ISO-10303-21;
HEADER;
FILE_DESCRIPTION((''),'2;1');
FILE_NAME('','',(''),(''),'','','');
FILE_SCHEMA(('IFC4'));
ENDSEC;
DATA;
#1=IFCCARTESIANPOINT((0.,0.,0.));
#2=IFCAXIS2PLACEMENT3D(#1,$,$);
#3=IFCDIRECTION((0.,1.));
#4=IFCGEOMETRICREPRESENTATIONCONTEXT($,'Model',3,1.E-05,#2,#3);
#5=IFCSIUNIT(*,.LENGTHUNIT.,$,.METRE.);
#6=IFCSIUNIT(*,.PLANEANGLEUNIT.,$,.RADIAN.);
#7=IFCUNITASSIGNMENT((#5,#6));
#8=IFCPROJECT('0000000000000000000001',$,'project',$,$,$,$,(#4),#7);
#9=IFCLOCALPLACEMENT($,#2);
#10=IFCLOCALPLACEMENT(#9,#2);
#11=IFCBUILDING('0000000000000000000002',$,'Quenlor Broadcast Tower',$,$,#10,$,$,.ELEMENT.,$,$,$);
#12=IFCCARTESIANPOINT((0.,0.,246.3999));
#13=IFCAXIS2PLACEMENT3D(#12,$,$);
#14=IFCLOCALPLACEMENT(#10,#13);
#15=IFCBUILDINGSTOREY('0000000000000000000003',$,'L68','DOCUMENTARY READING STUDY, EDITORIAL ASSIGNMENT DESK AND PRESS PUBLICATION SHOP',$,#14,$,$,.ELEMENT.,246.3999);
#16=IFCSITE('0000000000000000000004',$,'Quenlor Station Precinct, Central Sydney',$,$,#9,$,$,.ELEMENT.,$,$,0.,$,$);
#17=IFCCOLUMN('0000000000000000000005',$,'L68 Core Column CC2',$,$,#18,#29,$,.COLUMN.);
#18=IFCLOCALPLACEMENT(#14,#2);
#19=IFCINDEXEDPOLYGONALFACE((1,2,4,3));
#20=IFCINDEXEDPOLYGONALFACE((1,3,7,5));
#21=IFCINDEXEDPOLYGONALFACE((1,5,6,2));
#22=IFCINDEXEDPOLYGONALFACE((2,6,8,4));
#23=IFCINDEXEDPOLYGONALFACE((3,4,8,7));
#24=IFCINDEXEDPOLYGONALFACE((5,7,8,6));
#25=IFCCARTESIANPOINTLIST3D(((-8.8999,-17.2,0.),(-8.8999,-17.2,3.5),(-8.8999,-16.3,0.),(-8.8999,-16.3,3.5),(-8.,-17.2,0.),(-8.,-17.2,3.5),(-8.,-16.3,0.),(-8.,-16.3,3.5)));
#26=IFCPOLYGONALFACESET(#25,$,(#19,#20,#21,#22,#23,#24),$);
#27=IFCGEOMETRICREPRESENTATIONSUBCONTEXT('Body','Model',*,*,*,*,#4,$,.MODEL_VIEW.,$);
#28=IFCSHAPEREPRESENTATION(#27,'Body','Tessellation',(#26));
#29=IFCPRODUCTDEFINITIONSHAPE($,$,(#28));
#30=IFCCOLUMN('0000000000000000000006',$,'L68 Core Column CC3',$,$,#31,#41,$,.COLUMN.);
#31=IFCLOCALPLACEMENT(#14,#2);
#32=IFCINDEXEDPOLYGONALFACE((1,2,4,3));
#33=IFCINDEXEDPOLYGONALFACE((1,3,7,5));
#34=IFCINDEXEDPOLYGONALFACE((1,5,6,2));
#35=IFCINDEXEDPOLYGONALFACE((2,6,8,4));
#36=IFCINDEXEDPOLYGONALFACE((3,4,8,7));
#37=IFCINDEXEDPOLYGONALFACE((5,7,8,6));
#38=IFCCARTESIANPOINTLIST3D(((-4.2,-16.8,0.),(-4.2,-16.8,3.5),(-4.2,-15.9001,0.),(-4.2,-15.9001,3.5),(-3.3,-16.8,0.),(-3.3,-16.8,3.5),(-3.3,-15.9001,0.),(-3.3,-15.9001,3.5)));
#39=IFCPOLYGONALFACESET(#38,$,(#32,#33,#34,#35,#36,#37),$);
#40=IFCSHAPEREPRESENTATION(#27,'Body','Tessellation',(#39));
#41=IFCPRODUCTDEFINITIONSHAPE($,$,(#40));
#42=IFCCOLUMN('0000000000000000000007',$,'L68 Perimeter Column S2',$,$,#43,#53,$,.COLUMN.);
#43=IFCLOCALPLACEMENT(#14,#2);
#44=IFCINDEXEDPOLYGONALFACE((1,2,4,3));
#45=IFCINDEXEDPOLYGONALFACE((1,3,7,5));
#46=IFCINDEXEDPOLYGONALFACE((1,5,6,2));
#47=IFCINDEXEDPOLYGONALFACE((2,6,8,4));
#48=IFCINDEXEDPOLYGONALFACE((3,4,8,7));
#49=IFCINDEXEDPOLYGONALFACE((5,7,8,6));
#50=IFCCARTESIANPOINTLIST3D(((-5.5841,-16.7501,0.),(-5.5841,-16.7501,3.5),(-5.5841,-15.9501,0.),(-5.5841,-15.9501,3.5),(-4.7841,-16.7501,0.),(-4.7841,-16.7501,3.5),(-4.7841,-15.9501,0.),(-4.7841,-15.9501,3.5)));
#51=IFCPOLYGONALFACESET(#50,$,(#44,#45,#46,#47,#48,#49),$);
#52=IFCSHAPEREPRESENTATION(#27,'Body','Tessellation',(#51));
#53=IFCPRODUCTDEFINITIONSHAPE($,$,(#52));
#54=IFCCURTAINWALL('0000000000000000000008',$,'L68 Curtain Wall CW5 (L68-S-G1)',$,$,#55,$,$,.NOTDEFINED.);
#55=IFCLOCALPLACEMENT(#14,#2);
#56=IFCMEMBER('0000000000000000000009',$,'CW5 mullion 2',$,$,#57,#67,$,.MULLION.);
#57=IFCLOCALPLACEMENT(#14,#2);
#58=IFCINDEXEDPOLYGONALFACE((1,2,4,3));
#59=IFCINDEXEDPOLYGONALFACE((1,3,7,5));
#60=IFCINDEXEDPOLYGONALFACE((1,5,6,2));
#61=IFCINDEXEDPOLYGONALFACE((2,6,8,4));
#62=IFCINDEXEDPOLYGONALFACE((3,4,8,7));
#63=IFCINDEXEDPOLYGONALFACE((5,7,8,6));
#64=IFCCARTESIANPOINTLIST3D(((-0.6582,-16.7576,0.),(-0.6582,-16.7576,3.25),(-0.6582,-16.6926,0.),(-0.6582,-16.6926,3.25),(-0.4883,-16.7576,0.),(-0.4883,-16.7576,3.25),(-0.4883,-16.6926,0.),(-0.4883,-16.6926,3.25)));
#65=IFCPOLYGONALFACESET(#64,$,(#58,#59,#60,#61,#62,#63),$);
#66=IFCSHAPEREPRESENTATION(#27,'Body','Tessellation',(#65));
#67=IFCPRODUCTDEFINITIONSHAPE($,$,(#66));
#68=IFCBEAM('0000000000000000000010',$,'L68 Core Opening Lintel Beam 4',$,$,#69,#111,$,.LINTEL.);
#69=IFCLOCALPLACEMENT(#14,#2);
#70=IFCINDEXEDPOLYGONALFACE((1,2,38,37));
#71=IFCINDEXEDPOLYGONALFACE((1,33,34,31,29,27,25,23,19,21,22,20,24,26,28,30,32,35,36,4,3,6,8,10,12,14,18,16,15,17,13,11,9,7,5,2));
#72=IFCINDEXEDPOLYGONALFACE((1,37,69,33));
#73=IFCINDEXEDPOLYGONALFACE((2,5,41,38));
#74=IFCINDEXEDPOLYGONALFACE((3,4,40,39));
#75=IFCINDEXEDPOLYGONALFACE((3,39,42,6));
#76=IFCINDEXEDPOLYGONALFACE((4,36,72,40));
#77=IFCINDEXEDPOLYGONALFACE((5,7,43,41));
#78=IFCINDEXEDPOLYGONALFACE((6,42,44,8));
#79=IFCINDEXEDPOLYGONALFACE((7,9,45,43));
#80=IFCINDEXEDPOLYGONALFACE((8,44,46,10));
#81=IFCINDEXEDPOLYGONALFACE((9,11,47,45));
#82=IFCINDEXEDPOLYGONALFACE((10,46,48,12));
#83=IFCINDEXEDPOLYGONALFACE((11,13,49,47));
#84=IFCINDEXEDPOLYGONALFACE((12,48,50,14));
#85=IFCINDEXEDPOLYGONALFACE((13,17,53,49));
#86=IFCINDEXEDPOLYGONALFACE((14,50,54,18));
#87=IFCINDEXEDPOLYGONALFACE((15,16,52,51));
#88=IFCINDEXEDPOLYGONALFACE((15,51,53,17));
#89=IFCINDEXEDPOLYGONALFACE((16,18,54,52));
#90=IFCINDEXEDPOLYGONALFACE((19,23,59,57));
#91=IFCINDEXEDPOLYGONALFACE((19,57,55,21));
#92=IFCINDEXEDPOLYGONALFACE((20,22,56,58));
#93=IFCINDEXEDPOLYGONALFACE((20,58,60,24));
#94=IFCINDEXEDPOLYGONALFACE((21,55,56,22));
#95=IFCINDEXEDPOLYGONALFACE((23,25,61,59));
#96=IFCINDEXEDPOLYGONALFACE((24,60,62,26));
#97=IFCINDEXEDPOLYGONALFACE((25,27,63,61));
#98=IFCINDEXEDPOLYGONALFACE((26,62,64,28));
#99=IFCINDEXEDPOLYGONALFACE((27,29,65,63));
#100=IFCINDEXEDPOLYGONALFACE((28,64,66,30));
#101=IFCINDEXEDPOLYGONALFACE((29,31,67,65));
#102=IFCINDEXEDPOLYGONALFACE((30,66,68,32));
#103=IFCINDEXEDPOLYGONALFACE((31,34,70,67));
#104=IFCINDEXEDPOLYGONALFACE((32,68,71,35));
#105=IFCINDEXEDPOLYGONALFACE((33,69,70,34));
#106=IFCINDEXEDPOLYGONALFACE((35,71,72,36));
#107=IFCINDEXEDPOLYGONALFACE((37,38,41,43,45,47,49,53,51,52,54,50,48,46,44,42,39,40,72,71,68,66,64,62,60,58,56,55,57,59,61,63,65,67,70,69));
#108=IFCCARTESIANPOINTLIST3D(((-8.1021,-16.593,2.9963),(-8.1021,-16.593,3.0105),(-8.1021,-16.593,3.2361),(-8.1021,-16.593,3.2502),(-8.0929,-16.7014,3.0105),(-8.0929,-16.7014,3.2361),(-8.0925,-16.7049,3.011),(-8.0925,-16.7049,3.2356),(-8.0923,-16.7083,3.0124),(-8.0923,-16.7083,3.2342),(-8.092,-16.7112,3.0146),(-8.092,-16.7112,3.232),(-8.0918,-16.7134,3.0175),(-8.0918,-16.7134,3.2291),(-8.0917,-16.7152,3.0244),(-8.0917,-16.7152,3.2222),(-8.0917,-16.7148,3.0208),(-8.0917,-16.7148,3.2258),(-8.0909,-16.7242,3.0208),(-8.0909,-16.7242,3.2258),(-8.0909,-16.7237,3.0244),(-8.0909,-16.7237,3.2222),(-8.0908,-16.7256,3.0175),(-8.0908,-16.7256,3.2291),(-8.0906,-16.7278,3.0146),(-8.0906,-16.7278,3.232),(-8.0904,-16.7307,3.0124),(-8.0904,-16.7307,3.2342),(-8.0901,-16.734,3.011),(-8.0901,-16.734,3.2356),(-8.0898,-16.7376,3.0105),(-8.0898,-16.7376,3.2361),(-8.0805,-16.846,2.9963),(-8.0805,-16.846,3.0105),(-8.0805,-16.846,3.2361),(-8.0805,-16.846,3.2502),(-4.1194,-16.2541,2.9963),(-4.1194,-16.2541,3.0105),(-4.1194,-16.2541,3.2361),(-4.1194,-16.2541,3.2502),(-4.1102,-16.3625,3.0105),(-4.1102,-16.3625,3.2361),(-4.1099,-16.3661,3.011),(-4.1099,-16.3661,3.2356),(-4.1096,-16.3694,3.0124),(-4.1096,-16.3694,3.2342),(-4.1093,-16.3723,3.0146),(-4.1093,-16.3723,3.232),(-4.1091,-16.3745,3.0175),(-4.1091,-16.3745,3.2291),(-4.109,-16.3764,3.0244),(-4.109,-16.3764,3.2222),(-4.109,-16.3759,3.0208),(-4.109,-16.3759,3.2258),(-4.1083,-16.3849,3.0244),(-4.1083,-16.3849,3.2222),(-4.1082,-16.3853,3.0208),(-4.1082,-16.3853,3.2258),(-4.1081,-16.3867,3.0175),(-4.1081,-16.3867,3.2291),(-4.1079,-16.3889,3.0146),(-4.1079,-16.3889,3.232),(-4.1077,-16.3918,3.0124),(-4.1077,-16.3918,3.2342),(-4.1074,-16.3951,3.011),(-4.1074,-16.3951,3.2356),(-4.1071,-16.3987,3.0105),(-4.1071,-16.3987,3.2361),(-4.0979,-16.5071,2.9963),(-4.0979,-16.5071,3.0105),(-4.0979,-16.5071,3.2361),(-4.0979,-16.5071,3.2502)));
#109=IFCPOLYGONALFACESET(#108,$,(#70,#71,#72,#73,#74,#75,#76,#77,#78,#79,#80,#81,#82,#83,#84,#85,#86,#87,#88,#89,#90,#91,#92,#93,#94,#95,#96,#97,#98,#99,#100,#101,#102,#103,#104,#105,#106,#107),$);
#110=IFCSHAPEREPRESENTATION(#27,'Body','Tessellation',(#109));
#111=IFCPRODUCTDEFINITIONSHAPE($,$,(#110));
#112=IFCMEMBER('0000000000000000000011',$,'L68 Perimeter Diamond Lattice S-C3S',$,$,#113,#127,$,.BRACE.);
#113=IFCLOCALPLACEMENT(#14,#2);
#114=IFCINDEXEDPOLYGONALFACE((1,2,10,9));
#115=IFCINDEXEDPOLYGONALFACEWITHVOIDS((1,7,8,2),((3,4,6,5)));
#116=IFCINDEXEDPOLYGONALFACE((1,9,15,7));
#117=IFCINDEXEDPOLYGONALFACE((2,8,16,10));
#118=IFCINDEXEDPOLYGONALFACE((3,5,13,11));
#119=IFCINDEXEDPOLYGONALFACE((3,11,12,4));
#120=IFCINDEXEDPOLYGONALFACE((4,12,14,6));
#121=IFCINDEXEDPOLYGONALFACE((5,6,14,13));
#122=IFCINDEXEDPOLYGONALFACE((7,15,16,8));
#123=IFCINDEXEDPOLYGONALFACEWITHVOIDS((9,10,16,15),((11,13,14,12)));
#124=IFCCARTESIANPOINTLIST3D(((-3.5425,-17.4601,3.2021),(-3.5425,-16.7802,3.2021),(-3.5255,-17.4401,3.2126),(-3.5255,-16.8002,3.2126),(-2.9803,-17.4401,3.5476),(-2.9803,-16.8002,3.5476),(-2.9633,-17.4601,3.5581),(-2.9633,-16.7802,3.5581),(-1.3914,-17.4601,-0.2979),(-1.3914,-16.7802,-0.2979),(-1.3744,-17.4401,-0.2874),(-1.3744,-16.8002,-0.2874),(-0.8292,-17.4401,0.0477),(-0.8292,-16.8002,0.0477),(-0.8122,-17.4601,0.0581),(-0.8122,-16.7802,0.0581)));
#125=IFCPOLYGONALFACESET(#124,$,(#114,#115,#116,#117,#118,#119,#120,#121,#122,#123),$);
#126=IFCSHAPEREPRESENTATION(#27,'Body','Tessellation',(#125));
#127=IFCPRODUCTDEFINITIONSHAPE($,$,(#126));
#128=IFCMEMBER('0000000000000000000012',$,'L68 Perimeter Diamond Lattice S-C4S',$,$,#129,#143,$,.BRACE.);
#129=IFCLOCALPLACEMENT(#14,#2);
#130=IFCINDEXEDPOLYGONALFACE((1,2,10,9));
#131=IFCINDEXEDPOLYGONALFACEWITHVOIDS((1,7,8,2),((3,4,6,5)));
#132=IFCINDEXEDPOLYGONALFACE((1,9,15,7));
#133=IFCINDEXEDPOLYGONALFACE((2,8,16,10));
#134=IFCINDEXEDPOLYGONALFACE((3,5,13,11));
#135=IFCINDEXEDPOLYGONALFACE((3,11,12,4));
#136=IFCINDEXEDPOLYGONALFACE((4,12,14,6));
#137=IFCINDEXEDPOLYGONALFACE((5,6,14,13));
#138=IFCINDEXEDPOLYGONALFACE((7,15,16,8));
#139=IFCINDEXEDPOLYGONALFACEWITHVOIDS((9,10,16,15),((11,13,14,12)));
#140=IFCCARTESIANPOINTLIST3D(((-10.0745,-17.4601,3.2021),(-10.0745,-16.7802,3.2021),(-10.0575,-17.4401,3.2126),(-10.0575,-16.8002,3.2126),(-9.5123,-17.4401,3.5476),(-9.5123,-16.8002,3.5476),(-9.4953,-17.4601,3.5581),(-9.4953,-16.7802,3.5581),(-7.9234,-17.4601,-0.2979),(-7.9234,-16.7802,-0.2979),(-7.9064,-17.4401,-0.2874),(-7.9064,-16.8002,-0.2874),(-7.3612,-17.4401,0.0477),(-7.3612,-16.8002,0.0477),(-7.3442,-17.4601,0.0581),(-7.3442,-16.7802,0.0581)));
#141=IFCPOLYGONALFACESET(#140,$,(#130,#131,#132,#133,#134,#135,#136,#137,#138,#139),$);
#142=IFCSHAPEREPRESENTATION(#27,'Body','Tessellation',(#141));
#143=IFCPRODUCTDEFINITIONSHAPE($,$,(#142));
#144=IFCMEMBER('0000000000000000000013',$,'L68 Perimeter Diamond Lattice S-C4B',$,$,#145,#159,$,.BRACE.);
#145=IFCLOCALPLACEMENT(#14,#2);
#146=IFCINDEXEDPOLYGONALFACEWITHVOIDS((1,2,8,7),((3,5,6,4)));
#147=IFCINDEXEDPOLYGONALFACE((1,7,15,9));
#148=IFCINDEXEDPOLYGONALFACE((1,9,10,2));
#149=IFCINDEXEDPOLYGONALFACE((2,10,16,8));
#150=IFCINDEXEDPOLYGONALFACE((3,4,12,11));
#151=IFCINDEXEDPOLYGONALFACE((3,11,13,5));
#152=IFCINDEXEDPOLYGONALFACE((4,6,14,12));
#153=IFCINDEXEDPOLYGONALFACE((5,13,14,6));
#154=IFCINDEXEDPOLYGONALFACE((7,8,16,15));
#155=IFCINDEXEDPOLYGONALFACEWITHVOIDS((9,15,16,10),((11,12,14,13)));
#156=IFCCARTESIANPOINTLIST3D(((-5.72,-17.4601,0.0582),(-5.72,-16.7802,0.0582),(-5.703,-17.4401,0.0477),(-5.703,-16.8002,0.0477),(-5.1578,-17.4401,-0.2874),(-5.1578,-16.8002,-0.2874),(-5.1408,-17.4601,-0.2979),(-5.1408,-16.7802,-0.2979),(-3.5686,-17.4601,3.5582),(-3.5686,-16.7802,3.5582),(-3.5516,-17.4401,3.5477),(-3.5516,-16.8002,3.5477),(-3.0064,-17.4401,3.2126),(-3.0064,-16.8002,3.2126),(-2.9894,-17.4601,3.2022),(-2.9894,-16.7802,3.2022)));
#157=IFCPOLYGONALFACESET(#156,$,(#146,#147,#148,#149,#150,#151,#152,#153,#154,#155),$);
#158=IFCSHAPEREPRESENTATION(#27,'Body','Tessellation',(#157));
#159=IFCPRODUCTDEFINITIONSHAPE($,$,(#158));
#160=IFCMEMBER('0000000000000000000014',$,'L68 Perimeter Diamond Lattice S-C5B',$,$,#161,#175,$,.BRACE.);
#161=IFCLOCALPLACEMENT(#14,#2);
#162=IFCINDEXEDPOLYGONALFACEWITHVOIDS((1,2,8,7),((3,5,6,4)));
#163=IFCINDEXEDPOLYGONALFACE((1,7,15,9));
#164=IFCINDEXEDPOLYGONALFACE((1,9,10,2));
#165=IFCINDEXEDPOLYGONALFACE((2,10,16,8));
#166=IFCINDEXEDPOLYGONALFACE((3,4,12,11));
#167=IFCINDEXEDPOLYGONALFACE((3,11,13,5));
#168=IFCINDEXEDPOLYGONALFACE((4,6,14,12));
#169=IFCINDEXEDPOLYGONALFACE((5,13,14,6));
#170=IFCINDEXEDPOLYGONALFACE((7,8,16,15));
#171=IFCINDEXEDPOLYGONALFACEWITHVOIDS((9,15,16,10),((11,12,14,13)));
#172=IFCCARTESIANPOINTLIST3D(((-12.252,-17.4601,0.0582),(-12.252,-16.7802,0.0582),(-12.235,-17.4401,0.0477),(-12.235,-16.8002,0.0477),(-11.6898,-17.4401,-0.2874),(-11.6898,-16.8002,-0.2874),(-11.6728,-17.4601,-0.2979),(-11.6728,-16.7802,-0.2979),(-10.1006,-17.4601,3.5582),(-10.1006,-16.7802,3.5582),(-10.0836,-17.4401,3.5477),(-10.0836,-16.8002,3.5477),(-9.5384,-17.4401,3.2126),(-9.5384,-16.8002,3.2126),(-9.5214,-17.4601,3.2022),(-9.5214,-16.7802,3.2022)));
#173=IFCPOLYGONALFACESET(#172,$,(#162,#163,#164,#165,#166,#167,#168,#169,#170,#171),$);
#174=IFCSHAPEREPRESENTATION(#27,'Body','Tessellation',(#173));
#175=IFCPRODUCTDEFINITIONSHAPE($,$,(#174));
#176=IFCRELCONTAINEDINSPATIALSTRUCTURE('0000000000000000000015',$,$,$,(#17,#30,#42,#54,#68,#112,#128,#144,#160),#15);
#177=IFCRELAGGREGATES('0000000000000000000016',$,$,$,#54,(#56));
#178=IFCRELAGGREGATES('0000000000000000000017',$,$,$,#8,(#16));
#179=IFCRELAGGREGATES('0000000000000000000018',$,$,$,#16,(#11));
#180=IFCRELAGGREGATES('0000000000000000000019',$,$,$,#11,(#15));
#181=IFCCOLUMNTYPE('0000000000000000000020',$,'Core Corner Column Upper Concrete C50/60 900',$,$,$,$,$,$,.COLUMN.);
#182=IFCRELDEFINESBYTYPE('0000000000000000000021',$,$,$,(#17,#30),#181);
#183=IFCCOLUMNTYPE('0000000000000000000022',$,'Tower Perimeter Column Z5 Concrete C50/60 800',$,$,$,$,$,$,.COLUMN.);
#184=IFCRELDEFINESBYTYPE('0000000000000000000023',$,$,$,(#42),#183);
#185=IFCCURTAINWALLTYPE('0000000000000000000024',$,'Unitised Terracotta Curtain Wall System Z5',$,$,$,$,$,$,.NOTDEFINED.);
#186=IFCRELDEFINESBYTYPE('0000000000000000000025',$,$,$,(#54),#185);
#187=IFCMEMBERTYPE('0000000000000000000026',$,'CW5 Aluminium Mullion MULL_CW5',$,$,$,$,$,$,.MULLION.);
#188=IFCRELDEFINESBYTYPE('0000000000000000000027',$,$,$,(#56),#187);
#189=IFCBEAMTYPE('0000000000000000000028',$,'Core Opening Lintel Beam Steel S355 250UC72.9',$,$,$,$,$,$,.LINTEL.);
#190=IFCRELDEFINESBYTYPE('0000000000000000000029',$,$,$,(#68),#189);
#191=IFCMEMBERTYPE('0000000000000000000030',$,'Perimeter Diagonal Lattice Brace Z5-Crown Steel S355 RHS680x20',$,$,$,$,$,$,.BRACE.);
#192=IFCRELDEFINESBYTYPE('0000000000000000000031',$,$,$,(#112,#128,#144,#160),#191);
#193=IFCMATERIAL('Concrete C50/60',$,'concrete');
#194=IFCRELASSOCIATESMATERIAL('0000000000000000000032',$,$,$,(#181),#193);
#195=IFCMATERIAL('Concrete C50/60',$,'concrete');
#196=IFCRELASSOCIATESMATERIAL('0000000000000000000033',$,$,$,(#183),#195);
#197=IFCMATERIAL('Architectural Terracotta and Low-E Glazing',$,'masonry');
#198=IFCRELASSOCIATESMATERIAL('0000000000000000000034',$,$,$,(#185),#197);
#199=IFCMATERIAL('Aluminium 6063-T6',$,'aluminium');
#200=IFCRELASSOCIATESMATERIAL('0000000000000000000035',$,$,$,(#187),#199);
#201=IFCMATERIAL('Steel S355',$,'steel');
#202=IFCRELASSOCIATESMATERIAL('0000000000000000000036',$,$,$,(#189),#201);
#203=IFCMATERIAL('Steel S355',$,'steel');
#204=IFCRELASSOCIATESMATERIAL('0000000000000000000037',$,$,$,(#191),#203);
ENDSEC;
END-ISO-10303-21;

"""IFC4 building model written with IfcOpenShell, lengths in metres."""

from ifc_helpers import new_model, si_unit, direction, frame, origin, origin_2d, place, context, subcontext, project, spatial, rectangle, hollow_rectangle, i_section, extrude, material, material_profile, profile_set, type_object, element, aggregate, save


model = new_model("IFC4")

# Units and contexts
model_context = context("Model", 3, precision=1e-05, world=origin(), true_north=direction((0.0, 1.0)))
body_context = subcontext(model_context, "Body", "Model", "MODEL_VIEW")
ifc_project = project(units=[si_unit("LENGTHUNIT", "METRE"), si_unit("PLANEANGLEUNIT", "RADIAN")], contexts=[model_context])

# Site, building, storey
site_placement = place(None, origin())
site = spatial("IfcSite", under=ifc_project, at=site_placement, Name="Quenlor Station Precinct, Central Sydney", CompositionType="ELEMENT", RefElevation=0.0)
building_placement = place(site_placement, origin())
building = spatial("IfcBuilding", under=site, at=building_placement, Name="Quenlor Broadcast Tower", CompositionType="ELEMENT")
storey_placement = place(building_placement, frame((0.0, 0.0, 246.3999)))
storey = spatial("IfcBuildingStorey", under=building, at=storey_placement, Name="L68", Description="DOCUMENTARY READING STUDY, EDITORIAL ASSIGNMENT DESK AND PRESS PUBLICATION SHOP", CompositionType="ELEMENT", Elevation=246.3999)

# Columns
ifc_material_1 = material(Name="Concrete C50/60", Category="concrete")
ifc_material_profile_1 = material_profile(ifc_material_1, rectangle(XDim=0.8999, YDim=0.8999, at=origin_2d()))
ifc_profile_set_1 = profile_set([ifc_material_profile_1], Name="Concrete C50/60 RC900x900")
column_type_1 = type_object("IfcColumnType", Name="Core Corner Column Upper Concrete C50/60 900", PredefinedType="COLUMN", material=ifc_profile_set_1)
for number, where, z_axis, x_axis, name in (
    (1, (-8.45, -16.75, 0.0), (0.0, 0.0, 1.0), (1.0, 0.0, 0.0), "L68 Core Column CC2"),
    (2, (-3.75, -16.3501, 0.0), (0.0, 0.0, 1.0), (1.0, 0.0, 0.0), "L68 Core Column CC3"),
):
    element("IfcColumn", number, at=place(storey_placement, frame(where, z_axis=z_axis, x_axis=x_axis)), inside=storey, type_object=column_type_1, Name=name, PredefinedType="COLUMN", context=body_context, shape_type="SweptSolid", body=[
        extrude(rectangle(XDim=0.8999, YDim=0.8999, at=origin_2d()), origin(), (0.0, 0.0, 1.0), 3.5),
    ])
ifc_material_2 = material(Name="Concrete C50/60", Category="concrete")
ifc_material_profile_2 = material_profile(ifc_material_2, rectangle(XDim=0.8, YDim=0.8, at=origin_2d()))
ifc_profile_set_2 = profile_set([ifc_material_profile_2], Name="Concrete C50/60 RC800x800")
column_type_2 = type_object("IfcColumnType", Name="Tower Perimeter Column Z5 Concrete C50/60 800", PredefinedType="COLUMN", material=ifc_profile_set_2)
column_placement = place(storey_placement, frame((-5.1841, -16.3501, 0.0), z_axis=(0.0, 0.0, 1.0), x_axis=(0.0, 1.0, 0.0)))
element("IfcColumn", 3, at=column_placement, inside=storey, type_object=column_type_2, Name="L68 Perimeter Column S2", PredefinedType="COLUMN", context=body_context, shape_type="SweptSolid", body=[
    extrude(rectangle(XDim=0.8, YDim=0.8, at=origin_2d()), origin(), (0.0, 0.0, 1.0), 3.5),
])

# Curtain wall, member
ifc_material_3 = material(Name="Architectural Terracotta and Low-E Glazing", Category="masonry")
curtain_wall_type = type_object("IfcCurtainWallType", Name="Unitised Terracotta Curtain Wall System Z5", PredefinedType="NOTDEFINED", material=ifc_material_3)
curtain_wall_placement = place(storey_placement, origin())
curtain_wall = element("IfcCurtainWall", 4, at=curtain_wall_placement, inside=storey, type_object=curtain_wall_type, Name="L68 Curtain Wall CW5 (L68-S-G1)", PredefinedType="NOTDEFINED")
ifc_material_4 = material(Name="Aluminium 6063-T6", Category="aluminium")
ifc_material_profile_3 = material_profile(ifc_material_4, rectangle(XDim=0.0649, YDim=0.1699, at=origin_2d()))
ifc_profile_set_3 = profile_set([ifc_material_profile_3], Name="Aluminium 6063-T6 MULL65x170")
member_type_1 = type_object("IfcMemberType", Name="CW5 Aluminium Mullion MULL_CW5", PredefinedType="MULLION", material=ifc_profile_set_3)
member_placement = place(storey_placement, frame((-0.5732, -16.7251, 0.0), z_axis=(0.0, 0.0, 1.0), x_axis=(0.0, -1.0, 0.0)))
member = element("IfcMember", 5, at=member_placement, type_object=member_type_1, Name="CW5 mullion 2", PredefinedType="MULLION", context=body_context, shape_type="SweptSolid", body=[
    extrude(rectangle(XDim=0.0649, YDim=0.1699, at=origin_2d()), origin(), (0.0, 0.0, 1.0), 3.25),
])

# Beam
ifc_material_5 = material(Name="Steel S355", Category="steel")
ifc_material_profile_4 = material_profile(ifc_material_5, i_section(OverallWidth=0.2539, OverallDepth=0.2539, WebThickness=0.0085, FlangeThickness=0.0142, FilletRadius=0.0139, at=origin_2d()))
ifc_profile_set_4 = profile_set([ifc_material_profile_4], Name="Steel S355 250UC72.9")
beam_type_1 = type_object("IfcBeamType", Name="Core Opening Lintel Beam Steel S355 250UC72.9", PredefinedType="LINTEL", material=ifc_profile_set_4)
beam_1_placement = place(storey_placement, frame((-8.0913, -16.7195, 3.1233), z_axis=(0.9964, 0.084779, 0.0), x_axis=(-0.084779, 0.9964, 0.0)))
element("IfcBeam", 6, at=beam_1_placement, inside=storey, type_object=beam_type_1, Name="L68 Core Opening Lintel Beam 4", PredefinedType="LINTEL", context=body_context, shape_type="SweptSolid", body=[
    extrude(i_section(OverallWidth=0.2539, OverallDepth=0.2539, WebThickness=0.0085, FlangeThickness=0.0142, FilletRadius=0.0139, at=origin_2d()), origin(), (0.0, 0.0, 1.0), 3.9971),
])

# Members
ifc_material_6 = material(Name="Steel S355", Category="steel")
ifc_material_profile_5 = material_profile(ifc_material_6, hollow_rectangle(XDim=0.6799, YDim=0.6799, WallThickness=0.02, at=origin_2d()))
ifc_profile_set_5 = profile_set([ifc_material_profile_5], Name="Steel S355 RHS680x680x20")
member_type_2 = type_object("IfcMemberType", Name="Perimeter Diagonal Lattice Brace Z5-Crown Steel S355 RHS680x20", PredefinedType="BRACE", material=ifc_profile_set_5)
for number, where, z_axis, x_axis, name in (
    (7, (-1.1018, -17.1201, -0.1199), (-0.523617, 0.0, 0.851954), (0.0, -1.0, 0.0), "L68 Perimeter Diamond Lattice S-C3S"),
    (8, (-7.6338, -17.1201, -0.1199), (-0.523617, 0.0, 0.851954), (0.0, -1.0, 0.0), "L68 Perimeter Diamond Lattice S-C4S"),
):
    element("IfcMember", number, at=place(storey_placement, frame(where, z_axis=z_axis, x_axis=x_axis)), inside=storey, type_object=member_type_2, Name=name, PredefinedType="BRACE", context=body_context, shape_type="SweptSolid", body=[
        extrude(hollow_rectangle(XDim=0.6799, YDim=0.6799, WallThickness=0.02, at=origin_2d()), origin(), (0.0, 0.0, 1.0), 4.1082),
    ])
for number, where, z_axis, x_axis, name in (
    (9, (-5.4304, -17.1201, -0.1199), (0.52366, 0.0, 0.851928), (0.0, 1.0, 0.0), "L68 Perimeter Diamond Lattice S-C4B"),
    (10, (-11.9624, -17.1201, -0.1199), (0.52366, 0.0, 0.851928), (0.0, 1.0, 0.0), "L68 Perimeter Diamond Lattice S-C5B"),
):
    element("IfcMember", number, at=place(storey_placement, frame(where, z_axis=z_axis, x_axis=x_axis)), inside=storey, type_object=member_type_2, Name=name, PredefinedType="BRACE", context=body_context, shape_type="SweptSolid", body=[
        extrude(hollow_rectangle(XDim=0.6799, YDim=0.6799, WallThickness=0.02, at=origin_2d()), origin(), (0.0, 0.0, 1.0), 4.1084),
    ])

aggregate(curtain_wall, [member])

save(model, "model.ifc")
